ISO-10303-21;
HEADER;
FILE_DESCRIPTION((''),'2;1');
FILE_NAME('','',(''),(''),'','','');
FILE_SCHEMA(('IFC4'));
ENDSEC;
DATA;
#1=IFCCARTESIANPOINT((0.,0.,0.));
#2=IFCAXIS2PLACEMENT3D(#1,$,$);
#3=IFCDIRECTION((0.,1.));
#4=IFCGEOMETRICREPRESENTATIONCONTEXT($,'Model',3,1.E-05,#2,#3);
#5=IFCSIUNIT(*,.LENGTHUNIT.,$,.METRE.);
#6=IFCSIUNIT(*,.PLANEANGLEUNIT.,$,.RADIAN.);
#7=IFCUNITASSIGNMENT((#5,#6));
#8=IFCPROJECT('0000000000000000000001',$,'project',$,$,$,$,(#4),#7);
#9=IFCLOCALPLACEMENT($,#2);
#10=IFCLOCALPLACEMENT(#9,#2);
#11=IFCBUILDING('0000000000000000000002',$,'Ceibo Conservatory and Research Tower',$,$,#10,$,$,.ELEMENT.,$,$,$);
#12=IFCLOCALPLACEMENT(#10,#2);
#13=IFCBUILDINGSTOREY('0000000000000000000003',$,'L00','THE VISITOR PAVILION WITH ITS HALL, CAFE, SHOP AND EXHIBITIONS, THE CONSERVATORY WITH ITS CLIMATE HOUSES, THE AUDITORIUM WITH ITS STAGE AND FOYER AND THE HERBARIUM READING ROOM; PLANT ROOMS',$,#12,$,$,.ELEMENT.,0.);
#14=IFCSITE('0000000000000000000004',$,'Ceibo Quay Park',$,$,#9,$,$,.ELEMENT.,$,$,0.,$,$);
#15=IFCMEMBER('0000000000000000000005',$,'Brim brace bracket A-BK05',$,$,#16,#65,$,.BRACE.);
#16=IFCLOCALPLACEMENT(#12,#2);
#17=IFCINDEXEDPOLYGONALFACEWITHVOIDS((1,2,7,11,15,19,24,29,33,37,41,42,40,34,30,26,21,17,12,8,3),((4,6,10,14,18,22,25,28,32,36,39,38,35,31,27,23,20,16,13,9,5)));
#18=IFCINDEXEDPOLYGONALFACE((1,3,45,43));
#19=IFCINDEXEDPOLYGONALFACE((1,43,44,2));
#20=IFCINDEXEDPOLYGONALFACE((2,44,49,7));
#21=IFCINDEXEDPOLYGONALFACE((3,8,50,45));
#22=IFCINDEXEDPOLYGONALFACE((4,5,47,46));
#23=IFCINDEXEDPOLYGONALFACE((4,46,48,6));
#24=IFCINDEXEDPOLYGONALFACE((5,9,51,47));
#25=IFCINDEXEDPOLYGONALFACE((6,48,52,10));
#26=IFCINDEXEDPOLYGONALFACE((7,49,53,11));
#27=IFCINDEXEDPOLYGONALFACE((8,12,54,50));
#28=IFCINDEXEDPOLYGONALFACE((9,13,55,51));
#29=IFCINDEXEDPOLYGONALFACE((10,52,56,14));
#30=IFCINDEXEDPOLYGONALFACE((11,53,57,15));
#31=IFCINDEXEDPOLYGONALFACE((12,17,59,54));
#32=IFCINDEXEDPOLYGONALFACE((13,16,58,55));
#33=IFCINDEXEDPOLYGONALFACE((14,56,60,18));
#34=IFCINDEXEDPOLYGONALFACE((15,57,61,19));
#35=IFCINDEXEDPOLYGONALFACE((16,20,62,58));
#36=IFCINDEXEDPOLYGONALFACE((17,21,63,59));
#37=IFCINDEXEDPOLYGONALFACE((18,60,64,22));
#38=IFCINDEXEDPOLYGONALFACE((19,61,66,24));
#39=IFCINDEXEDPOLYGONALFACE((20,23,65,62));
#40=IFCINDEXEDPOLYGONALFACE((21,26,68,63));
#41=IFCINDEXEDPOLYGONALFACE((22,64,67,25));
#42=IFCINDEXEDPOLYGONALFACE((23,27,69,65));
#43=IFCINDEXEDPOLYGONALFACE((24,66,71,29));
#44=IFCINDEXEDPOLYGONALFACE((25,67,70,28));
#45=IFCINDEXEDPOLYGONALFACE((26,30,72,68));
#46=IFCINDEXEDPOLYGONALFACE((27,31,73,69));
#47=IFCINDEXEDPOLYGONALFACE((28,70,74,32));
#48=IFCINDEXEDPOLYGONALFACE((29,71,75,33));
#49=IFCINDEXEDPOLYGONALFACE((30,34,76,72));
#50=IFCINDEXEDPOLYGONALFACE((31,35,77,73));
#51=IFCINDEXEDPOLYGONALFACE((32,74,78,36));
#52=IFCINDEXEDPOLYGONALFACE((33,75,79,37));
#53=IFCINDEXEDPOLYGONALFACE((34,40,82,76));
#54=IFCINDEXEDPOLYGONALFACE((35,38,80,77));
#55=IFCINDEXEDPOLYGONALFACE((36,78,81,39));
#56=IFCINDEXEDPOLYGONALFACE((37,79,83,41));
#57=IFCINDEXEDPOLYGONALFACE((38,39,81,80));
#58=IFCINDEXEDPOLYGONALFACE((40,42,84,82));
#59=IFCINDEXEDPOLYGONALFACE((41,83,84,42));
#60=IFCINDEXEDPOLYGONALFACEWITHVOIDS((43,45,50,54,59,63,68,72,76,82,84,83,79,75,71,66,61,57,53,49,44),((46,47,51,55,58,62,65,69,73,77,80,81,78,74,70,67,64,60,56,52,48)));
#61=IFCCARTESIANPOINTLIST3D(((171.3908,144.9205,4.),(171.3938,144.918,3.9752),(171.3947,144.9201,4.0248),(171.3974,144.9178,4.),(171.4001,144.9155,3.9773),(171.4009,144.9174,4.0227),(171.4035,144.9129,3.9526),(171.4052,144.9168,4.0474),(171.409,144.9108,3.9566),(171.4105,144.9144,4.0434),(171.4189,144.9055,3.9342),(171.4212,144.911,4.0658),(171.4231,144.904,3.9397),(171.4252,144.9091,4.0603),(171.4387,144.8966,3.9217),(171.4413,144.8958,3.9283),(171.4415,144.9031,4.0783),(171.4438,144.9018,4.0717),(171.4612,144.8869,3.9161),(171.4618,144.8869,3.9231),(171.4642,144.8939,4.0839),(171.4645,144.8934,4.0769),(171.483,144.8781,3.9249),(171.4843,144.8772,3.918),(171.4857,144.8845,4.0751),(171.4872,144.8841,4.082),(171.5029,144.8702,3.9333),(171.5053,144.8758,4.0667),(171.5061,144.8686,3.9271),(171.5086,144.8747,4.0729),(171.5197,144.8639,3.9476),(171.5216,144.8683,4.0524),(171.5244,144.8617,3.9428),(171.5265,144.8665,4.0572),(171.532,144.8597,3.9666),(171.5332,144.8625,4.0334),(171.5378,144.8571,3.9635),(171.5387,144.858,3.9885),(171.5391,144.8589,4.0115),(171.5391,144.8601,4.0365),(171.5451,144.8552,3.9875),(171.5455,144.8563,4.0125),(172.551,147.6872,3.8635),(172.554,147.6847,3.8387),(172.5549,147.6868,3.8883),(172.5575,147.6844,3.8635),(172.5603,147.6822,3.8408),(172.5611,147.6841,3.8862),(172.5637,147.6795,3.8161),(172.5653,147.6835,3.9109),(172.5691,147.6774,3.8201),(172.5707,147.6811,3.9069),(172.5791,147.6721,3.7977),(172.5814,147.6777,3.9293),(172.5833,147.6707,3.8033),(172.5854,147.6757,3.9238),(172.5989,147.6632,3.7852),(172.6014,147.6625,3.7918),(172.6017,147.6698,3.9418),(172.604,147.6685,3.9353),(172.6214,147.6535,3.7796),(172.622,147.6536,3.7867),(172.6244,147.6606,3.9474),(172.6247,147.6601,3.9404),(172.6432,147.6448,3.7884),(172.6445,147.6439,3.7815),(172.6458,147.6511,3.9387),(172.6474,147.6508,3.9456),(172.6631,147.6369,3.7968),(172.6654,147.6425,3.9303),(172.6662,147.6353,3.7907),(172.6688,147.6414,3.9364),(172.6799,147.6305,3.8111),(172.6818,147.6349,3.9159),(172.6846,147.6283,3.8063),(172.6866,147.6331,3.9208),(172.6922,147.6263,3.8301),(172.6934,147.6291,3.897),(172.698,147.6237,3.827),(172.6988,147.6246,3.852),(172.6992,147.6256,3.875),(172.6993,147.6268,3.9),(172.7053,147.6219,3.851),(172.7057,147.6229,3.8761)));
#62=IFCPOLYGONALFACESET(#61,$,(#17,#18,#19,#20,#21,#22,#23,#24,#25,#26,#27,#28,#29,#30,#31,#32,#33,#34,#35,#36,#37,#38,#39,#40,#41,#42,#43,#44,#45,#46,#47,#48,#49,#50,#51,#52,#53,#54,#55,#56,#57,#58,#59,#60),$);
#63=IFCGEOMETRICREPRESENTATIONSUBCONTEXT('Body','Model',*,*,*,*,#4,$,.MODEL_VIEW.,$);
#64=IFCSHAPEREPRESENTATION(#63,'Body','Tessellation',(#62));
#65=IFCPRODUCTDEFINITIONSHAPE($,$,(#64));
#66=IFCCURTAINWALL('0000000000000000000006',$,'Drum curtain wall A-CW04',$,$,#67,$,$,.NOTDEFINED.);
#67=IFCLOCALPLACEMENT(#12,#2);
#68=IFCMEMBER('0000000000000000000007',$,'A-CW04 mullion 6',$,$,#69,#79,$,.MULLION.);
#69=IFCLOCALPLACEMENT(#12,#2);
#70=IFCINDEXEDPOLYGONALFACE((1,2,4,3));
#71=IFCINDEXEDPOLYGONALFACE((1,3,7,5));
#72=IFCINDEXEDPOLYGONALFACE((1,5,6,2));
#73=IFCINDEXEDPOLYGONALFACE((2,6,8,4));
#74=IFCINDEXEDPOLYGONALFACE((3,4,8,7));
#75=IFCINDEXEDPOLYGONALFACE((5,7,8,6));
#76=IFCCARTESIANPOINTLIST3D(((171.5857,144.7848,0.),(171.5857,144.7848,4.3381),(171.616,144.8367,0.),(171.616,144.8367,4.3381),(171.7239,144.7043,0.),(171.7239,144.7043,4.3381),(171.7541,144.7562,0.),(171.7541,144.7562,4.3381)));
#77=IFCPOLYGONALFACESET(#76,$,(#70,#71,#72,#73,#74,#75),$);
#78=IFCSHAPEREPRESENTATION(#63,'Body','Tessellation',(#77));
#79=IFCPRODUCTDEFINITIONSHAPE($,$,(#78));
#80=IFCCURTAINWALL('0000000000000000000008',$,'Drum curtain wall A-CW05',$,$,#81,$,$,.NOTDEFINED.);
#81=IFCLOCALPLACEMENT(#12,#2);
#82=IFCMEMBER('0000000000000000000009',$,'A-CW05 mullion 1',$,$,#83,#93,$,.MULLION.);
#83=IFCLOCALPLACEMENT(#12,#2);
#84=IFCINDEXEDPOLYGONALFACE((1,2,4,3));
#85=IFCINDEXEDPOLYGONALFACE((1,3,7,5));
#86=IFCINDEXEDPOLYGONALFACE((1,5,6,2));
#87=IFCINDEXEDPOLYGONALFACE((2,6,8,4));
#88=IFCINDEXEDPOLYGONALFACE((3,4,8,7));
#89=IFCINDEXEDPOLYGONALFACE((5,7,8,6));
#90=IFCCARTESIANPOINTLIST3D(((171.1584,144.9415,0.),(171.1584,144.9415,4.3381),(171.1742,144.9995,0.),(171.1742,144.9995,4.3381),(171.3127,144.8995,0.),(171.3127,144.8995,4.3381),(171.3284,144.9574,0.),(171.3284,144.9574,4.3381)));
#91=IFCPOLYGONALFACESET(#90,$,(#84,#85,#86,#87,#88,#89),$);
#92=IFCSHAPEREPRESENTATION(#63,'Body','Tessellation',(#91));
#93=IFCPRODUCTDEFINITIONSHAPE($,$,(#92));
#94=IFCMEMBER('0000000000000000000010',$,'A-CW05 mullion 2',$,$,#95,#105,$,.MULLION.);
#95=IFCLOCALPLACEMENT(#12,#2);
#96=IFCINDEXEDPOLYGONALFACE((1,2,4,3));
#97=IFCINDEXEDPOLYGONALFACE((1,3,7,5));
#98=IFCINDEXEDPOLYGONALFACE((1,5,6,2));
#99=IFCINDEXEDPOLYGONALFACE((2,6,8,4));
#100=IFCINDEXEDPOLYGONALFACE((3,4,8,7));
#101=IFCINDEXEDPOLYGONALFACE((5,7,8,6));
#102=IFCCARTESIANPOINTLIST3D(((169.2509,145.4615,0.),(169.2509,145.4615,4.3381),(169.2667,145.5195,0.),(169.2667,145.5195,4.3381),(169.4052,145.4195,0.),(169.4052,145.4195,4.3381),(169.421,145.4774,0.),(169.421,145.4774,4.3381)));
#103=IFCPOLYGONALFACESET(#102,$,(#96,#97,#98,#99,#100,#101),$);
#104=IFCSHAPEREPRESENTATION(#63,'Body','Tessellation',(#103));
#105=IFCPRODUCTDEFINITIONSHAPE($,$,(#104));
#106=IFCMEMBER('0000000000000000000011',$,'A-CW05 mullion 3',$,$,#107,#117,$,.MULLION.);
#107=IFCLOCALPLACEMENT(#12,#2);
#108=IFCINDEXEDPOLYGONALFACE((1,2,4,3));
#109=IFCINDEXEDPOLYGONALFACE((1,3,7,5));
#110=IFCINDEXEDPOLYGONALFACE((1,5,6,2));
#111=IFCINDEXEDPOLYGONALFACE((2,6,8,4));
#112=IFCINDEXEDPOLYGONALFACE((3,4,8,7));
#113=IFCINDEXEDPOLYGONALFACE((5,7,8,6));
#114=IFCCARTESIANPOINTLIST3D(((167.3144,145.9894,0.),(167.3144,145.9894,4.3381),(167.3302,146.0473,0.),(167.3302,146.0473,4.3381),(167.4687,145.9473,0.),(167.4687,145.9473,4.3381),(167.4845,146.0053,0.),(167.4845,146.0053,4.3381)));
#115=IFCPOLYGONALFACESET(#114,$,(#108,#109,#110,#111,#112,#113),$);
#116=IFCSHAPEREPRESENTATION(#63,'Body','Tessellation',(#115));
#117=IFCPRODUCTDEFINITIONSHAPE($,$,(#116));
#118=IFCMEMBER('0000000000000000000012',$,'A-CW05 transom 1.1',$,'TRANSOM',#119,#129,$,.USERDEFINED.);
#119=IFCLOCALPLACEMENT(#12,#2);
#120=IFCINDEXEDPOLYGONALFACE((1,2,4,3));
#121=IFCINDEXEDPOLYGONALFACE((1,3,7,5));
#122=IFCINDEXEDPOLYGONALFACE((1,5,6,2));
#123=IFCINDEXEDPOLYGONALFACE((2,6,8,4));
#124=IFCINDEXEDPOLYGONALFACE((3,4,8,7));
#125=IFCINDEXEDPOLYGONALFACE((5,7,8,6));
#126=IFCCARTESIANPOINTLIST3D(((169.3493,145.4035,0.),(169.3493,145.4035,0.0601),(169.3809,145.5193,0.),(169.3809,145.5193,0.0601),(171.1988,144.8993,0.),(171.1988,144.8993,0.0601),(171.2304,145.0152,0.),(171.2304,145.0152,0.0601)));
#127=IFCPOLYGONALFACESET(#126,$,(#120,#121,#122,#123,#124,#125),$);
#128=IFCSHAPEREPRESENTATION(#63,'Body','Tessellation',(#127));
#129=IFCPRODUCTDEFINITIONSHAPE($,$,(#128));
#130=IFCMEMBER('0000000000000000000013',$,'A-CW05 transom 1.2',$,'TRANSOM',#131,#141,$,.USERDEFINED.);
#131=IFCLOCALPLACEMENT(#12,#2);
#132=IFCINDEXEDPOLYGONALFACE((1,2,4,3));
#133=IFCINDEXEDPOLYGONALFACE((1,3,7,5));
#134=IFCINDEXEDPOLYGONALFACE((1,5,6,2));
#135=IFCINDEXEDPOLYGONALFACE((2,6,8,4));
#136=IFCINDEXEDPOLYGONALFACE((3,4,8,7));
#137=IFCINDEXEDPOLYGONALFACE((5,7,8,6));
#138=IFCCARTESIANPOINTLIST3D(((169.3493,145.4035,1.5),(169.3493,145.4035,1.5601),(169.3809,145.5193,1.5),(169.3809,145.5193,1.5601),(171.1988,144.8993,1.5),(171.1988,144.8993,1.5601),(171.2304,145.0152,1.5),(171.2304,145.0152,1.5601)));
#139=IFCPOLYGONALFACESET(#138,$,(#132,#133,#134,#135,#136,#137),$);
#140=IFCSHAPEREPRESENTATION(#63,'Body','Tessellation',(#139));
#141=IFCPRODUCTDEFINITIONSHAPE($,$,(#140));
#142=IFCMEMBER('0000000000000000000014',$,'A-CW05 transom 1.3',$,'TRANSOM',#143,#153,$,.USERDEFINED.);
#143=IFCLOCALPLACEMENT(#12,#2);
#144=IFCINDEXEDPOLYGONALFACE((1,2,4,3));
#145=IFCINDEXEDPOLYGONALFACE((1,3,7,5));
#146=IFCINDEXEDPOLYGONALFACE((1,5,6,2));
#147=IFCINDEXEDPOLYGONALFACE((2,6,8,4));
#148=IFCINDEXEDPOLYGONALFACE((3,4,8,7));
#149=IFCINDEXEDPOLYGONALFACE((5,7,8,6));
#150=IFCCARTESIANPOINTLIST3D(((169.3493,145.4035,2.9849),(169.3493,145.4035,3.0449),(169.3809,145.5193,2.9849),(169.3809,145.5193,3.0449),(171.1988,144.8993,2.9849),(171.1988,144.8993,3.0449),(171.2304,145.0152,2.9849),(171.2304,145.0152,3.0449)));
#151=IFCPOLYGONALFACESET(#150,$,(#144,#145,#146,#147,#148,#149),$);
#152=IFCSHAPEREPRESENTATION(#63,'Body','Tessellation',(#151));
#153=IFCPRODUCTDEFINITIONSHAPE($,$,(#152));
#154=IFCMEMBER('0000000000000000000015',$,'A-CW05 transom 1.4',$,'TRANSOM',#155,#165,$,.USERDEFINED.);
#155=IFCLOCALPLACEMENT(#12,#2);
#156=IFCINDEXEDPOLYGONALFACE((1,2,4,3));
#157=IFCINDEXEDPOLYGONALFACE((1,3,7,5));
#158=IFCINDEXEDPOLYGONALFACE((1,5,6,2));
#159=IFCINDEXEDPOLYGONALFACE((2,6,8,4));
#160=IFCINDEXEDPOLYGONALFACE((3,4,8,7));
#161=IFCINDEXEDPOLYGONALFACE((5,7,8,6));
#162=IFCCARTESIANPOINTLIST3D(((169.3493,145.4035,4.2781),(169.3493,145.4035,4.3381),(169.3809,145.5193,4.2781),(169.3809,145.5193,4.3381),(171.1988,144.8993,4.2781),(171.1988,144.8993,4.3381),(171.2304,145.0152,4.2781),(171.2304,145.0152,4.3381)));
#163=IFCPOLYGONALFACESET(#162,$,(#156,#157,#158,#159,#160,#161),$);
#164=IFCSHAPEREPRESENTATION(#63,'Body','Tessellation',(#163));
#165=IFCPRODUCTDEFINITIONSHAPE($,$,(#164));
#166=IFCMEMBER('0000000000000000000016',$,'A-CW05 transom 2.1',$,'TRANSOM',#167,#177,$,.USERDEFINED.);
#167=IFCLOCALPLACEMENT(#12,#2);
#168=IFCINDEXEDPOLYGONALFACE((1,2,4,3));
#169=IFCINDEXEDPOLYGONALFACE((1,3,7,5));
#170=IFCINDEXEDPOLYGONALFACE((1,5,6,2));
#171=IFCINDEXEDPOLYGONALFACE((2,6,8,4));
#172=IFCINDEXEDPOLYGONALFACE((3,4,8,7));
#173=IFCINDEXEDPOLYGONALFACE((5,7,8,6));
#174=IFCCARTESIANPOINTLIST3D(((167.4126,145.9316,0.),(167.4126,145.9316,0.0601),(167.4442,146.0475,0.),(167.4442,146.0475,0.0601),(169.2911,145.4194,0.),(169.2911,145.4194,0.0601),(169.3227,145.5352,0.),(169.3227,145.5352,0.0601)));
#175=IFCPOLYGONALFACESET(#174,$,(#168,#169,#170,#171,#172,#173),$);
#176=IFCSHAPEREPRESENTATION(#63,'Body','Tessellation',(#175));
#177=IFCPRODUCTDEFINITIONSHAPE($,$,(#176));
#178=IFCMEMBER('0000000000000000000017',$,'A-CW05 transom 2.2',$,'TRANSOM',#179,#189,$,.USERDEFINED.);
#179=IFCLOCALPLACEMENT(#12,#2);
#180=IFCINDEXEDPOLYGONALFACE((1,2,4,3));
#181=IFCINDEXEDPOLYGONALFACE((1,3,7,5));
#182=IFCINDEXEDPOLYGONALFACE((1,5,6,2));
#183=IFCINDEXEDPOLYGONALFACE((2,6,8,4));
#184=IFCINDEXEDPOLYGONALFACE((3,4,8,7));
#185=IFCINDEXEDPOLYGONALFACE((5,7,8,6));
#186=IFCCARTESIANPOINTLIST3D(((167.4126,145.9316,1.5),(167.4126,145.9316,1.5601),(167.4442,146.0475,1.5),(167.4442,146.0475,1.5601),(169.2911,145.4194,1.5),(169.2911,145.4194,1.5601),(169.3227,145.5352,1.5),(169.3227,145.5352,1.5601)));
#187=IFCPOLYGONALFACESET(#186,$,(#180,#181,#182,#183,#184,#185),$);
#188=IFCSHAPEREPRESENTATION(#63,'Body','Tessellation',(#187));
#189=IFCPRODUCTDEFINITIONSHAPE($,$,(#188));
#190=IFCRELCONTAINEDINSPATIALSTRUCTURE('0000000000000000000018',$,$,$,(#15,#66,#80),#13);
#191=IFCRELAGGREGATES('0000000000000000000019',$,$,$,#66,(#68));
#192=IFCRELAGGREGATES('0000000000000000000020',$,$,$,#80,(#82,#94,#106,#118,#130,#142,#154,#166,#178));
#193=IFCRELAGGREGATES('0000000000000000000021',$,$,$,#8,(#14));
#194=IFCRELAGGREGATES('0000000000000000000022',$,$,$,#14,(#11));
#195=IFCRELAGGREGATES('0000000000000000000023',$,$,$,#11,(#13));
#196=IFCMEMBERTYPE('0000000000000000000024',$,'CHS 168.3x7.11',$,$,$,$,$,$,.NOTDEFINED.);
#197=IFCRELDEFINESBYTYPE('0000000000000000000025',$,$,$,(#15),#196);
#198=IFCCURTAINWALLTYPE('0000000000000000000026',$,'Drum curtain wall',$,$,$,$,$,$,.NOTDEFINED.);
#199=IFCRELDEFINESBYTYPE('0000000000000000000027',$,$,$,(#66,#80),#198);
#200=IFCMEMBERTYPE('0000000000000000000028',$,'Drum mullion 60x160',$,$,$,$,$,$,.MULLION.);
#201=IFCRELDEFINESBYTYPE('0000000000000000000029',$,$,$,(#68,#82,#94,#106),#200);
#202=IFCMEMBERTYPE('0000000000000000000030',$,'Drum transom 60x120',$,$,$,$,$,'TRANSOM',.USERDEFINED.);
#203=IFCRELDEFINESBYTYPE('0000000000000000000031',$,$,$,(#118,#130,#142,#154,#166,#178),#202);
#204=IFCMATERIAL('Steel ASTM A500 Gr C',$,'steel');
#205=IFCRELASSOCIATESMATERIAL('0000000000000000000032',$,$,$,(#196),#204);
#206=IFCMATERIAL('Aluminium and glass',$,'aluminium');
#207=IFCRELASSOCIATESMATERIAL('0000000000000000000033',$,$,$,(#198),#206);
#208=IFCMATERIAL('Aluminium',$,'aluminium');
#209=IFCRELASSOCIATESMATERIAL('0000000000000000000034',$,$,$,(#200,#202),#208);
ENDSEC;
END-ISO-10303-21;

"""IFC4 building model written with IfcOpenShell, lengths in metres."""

from ifc_helpers import new_model, si_unit, direction, frame, origin, origin_2d, place, context, subcontext, project, spatial, rectangle, hollow_circle, extrude, material, material_profile, profile_set, type_object, element, aggregate, save


model = new_model("IFC4")

# Units and contexts
model_context = context("Model", 3, precision=1e-05, world=origin(), true_north=direction((0.0, 1.0)))
body_context = subcontext(model_context, "Body", "Model", "MODEL_VIEW")
ifc_project = project(units=[si_unit("LENGTHUNIT", "METRE"), si_unit("PLANEANGLEUNIT", "RADIAN")], contexts=[model_context])

# Site, building, storey
site_placement = place(None, origin())
site = spatial("IfcSite", under=ifc_project, at=site_placement, Name="Ceibo Quay Park", CompositionType="ELEMENT", RefElevation=0.0)
building_placement = place(site_placement, origin())
building = spatial("IfcBuilding", under=site, at=building_placement, Name="Ceibo Conservatory and Research Tower", CompositionType="ELEMENT")
storey_placement = place(building_placement, origin())
storey = spatial("IfcBuildingStorey", under=building, at=storey_placement, Name="L00", Description="THE VISITOR PAVILION WITH ITS HALL, CAFE, SHOP AND EXHIBITIONS, THE CONSERVATORY WITH ITS CLIMATE HOUSES, THE AUDITORIUM WITH ITS STAGE AND FOYER AND THE HERBARIUM READING ROOM; PLANT ROOMS", CompositionType="ELEMENT", Elevation=0.0)

# Shared definitions
ifc_material_1 = material(Name="Steel ASTM A500 Gr C", Category="steel")

# Member
ifc_material_profile_1 = material_profile(ifc_material_1, hollow_circle(Radius=0.0842, WallThickness=0.0071, at=origin_2d()), Name="CHS 168.3x7.11")
ifc_profile_set_1 = profile_set([ifc_material_profile_1], Name="Steel ASTM A500 Gr C")
member_type_1 = type_object("IfcMemberType", Name="CHS 168.3x7.11", PredefinedType="NOTDEFINED", material=ifc_profile_set_1)
member_1_placement = place(storey_placement, frame((171.4685, 144.8879, 4.0), z_axis=(0.386318, 0.921245, -0.045444), x_axis=(-0.922198, 0.386718, 0.0)))
element("IfcMember", 1, at=member_1_placement, inside=storey, type_object=member_type_1, Name="Brim brace bracket A-BK05", PredefinedType="BRACE", context=body_context, shape_type="SweptSolid", body=[
    extrude(hollow_circle(Radius=0.0842, WallThickness=0.0071, at=origin_2d()), origin(), (0.0, 0.0, 1.0), 3.0032),
])

# Curtain wall, member
ifc_material_2 = material(Name="Aluminium and glass", Category="aluminium")
curtain_wall_type = type_object("IfcCurtainWallType", Name="Drum curtain wall", PredefinedType="NOTDEFINED", material=ifc_material_2)
curtain_wall_1_placement = place(storey_placement, origin())
curtain_wall_1 = element("IfcCurtainWall", 2, at=curtain_wall_1_placement, inside=storey, type_object=curtain_wall_type, Name="Drum curtain wall A-CW04", PredefinedType="NOTDEFINED")
ifc_material_3 = material(Name="Aluminium", Category="aluminium")
ifc_material_profile_2 = material_profile(ifc_material_3, rectangle(XDim=0.0601, YDim=0.1599, at=origin_2d()), Name="AL 60x160")
ifc_profile_set_2 = profile_set([ifc_material_profile_2], Name="Aluminium")
member_type_2 = type_object("IfcMemberType", Name="Drum mullion 60x160", PredefinedType="MULLION", material=ifc_profile_set_2)
member_2_placement = place(storey_placement, frame((171.6699, 144.7705, 0.0), z_axis=(0.0, 0.0, 1.0), x_axis=(-0.503774, -0.863836, 0.0)))
member_2 = element("IfcMember", 3, at=member_2_placement, type_object=member_type_2, Name="A-CW04 mullion 6", PredefinedType="MULLION", context=body_context, shape_type="SweptSolid", body=[
    extrude(rectangle(XDim=0.0601, YDim=0.1599, at=origin_2d()), origin(), (0.0, 0.0, 1.0), 4.3381),
])
aggregate(curtain_wall_1, [member_2])

# Curtain wall, members
curtain_wall_2_placement = place(storey_placement, origin())
curtain_wall_2 = element("IfcCurtainWall", 4, at=curtain_wall_2_placement, inside=storey, type_object=curtain_wall_type, Name="Drum curtain wall A-CW05", PredefinedType="NOTDEFINED")
member_3_placement = place(storey_placement, frame((171.2434, 144.9495, 0.0), z_axis=(0.0, 0.0, 1.0), x_axis=(-0.263031, -0.964787, 0.0)))
member_3 = element("IfcMember", 5, at=member_3_placement, type_object=member_type_2, Name="A-CW05 mullion 1", PredefinedType="MULLION", context=body_context, shape_type="SweptSolid", body=[
    extrude(rectangle(XDim=0.0601, YDim=0.1599, at=origin_2d()), origin(), (0.0, 0.0, 1.0), 4.3381),
])
member_4_placement = place(storey_placement, frame((169.3359, 145.4695, 0.0), z_axis=(0.0, 0.0, 1.0), x_axis=(-0.263031, -0.964787, 0.0)))
member_4 = element("IfcMember", 6, at=member_4_placement, type_object=member_type_2, Name="A-CW05 mullion 2", PredefinedType="MULLION", context=body_context, shape_type="SweptSolid", body=[
    extrude(rectangle(XDim=0.0601, YDim=0.1599, at=origin_2d()), origin(), (0.0, 0.0, 1.0), 4.3381),
])
member_5_placement = place(storey_placement, frame((167.3994, 145.9973, 0.0), z_axis=(0.0, 0.0, 1.0), x_axis=(-0.263031, -0.964787, 0.0)))
member_5 = element("IfcMember", 7, at=member_5_placement, type_object=member_type_2, Name="A-CW05 mullion 3", PredefinedType="MULLION", context=body_context, shape_type="SweptSolid", body=[
    extrude(rectangle(XDim=0.0601, YDim=0.1599, at=origin_2d()), origin(), (0.0, 0.0, 1.0), 4.3381),
])
ifc_material_profile_3 = material_profile(ifc_material_3, rectangle(XDim=0.1201, YDim=0.0601, at=origin_2d()), Name="AL 60x120")
ifc_profile_set_3 = profile_set([ifc_material_profile_3], Name="Aluminium")
member_type_3 = type_object("IfcMemberType", Name="Drum transom 60x120", ElementType="TRANSOM", PredefinedType="USERDEFINED", material=ifc_profile_set_3)
member_6_placement = place(storey_placement, frame((171.2146, 144.9573, 0.03), z_axis=(-0.964802, 0.262977, 0.0), x_axis=(-0.262977, -0.964802, 0.0)))
member_6 = element("IfcMember", 8, at=member_6_placement, type_object=member_type_3, Name="A-CW05 transom 1.1", ObjectType="TRANSOM", PredefinedType="USERDEFINED", context=body_context, shape_type="SweptSolid", body=[
    extrude(rectangle(XDim=0.1201, YDim=0.0601, at=origin_2d()), origin(), (0.0, 0.0, 1.0), 1.917),
])
member_7_placement = place(storey_placement, frame((171.2146, 144.9573, 1.53), z_axis=(-0.964802, 0.262977, 0.0), x_axis=(-0.262977, -0.964802, 0.0)))
member_7 = element("IfcMember", 9, at=member_7_placement, type_object=member_type_3, Name="A-CW05 transom 1.2", ObjectType="TRANSOM", PredefinedType="USERDEFINED", context=body_context, shape_type="SweptSolid", body=[
    extrude(rectangle(XDim=0.1201, YDim=0.0601, at=origin_2d()), origin(), (0.0, 0.0, 1.0), 1.917),
])
member_8_placement = place(storey_placement, frame((171.2146, 144.9573, 3.0149), z_axis=(-0.964802, 0.262977, 0.0), x_axis=(-0.262977, -0.964802, 0.0)))
member_8 = element("IfcMember", 10, at=member_8_placement, type_object=member_type_3, Name="A-CW05 transom 1.3", ObjectType="TRANSOM", PredefinedType="USERDEFINED", context=body_context, shape_type="SweptSolid", body=[
    extrude(rectangle(XDim=0.1201, YDim=0.0601, at=origin_2d()), origin(), (0.0, 0.0, 1.0), 1.917),
])
member_9_placement = place(storey_placement, frame((171.2146, 144.9573, 4.3081), z_axis=(-0.964802, 0.262977, 0.0), x_axis=(-0.262977, -0.964802, 0.0)))
member_9 = element("IfcMember", 11, at=member_9_placement, type_object=member_type_3, Name="A-CW05 transom 1.4", ObjectType="TRANSOM", PredefinedType="USERDEFINED", context=body_context, shape_type="SweptSolid", body=[
    extrude(rectangle(XDim=0.1201, YDim=0.0601, at=origin_2d()), origin(), (0.0, 0.0, 1.0), 1.917),
])
member_10_placement = place(storey_placement, frame((169.3069, 145.4773, 0.03), z_axis=(-0.964775, 0.263075, 0.0), x_axis=(-0.263075, -0.964775, 0.0)))
member_10 = element("IfcMember", 12, at=member_10_placement, type_object=member_type_3, Name="A-CW05 transom 2.1", ObjectType="TRANSOM", PredefinedType="USERDEFINED", context=body_context, shape_type="SweptSolid", body=[
    extrude(rectangle(XDim=0.1201, YDim=0.0601, at=origin_2d()), origin(), (0.0, 0.0, 1.0), 1.947),
])
member_11_placement = place(storey_placement, frame((169.3069, 145.4773, 1.53), z_axis=(-0.964775, 0.263075, 0.0), x_axis=(-0.263075, -0.964775, 0.0)))
member_11 = element("IfcMember", 13, at=member_11_placement, type_object=member_type_3, Name="A-CW05 transom 2.2", ObjectType="TRANSOM", PredefinedType="USERDEFINED", context=body_context, shape_type="SweptSolid", body=[
    extrude(rectangle(XDim=0.1201, YDim=0.0601, at=origin_2d()), origin(), (0.0, 0.0, 1.0), 1.947),
])

aggregate(curtain_wall_2, [member_3, member_4, member_5, member_6, member_7, member_8, member_9, member_10, member_11])

save(model, "model.ifc")
